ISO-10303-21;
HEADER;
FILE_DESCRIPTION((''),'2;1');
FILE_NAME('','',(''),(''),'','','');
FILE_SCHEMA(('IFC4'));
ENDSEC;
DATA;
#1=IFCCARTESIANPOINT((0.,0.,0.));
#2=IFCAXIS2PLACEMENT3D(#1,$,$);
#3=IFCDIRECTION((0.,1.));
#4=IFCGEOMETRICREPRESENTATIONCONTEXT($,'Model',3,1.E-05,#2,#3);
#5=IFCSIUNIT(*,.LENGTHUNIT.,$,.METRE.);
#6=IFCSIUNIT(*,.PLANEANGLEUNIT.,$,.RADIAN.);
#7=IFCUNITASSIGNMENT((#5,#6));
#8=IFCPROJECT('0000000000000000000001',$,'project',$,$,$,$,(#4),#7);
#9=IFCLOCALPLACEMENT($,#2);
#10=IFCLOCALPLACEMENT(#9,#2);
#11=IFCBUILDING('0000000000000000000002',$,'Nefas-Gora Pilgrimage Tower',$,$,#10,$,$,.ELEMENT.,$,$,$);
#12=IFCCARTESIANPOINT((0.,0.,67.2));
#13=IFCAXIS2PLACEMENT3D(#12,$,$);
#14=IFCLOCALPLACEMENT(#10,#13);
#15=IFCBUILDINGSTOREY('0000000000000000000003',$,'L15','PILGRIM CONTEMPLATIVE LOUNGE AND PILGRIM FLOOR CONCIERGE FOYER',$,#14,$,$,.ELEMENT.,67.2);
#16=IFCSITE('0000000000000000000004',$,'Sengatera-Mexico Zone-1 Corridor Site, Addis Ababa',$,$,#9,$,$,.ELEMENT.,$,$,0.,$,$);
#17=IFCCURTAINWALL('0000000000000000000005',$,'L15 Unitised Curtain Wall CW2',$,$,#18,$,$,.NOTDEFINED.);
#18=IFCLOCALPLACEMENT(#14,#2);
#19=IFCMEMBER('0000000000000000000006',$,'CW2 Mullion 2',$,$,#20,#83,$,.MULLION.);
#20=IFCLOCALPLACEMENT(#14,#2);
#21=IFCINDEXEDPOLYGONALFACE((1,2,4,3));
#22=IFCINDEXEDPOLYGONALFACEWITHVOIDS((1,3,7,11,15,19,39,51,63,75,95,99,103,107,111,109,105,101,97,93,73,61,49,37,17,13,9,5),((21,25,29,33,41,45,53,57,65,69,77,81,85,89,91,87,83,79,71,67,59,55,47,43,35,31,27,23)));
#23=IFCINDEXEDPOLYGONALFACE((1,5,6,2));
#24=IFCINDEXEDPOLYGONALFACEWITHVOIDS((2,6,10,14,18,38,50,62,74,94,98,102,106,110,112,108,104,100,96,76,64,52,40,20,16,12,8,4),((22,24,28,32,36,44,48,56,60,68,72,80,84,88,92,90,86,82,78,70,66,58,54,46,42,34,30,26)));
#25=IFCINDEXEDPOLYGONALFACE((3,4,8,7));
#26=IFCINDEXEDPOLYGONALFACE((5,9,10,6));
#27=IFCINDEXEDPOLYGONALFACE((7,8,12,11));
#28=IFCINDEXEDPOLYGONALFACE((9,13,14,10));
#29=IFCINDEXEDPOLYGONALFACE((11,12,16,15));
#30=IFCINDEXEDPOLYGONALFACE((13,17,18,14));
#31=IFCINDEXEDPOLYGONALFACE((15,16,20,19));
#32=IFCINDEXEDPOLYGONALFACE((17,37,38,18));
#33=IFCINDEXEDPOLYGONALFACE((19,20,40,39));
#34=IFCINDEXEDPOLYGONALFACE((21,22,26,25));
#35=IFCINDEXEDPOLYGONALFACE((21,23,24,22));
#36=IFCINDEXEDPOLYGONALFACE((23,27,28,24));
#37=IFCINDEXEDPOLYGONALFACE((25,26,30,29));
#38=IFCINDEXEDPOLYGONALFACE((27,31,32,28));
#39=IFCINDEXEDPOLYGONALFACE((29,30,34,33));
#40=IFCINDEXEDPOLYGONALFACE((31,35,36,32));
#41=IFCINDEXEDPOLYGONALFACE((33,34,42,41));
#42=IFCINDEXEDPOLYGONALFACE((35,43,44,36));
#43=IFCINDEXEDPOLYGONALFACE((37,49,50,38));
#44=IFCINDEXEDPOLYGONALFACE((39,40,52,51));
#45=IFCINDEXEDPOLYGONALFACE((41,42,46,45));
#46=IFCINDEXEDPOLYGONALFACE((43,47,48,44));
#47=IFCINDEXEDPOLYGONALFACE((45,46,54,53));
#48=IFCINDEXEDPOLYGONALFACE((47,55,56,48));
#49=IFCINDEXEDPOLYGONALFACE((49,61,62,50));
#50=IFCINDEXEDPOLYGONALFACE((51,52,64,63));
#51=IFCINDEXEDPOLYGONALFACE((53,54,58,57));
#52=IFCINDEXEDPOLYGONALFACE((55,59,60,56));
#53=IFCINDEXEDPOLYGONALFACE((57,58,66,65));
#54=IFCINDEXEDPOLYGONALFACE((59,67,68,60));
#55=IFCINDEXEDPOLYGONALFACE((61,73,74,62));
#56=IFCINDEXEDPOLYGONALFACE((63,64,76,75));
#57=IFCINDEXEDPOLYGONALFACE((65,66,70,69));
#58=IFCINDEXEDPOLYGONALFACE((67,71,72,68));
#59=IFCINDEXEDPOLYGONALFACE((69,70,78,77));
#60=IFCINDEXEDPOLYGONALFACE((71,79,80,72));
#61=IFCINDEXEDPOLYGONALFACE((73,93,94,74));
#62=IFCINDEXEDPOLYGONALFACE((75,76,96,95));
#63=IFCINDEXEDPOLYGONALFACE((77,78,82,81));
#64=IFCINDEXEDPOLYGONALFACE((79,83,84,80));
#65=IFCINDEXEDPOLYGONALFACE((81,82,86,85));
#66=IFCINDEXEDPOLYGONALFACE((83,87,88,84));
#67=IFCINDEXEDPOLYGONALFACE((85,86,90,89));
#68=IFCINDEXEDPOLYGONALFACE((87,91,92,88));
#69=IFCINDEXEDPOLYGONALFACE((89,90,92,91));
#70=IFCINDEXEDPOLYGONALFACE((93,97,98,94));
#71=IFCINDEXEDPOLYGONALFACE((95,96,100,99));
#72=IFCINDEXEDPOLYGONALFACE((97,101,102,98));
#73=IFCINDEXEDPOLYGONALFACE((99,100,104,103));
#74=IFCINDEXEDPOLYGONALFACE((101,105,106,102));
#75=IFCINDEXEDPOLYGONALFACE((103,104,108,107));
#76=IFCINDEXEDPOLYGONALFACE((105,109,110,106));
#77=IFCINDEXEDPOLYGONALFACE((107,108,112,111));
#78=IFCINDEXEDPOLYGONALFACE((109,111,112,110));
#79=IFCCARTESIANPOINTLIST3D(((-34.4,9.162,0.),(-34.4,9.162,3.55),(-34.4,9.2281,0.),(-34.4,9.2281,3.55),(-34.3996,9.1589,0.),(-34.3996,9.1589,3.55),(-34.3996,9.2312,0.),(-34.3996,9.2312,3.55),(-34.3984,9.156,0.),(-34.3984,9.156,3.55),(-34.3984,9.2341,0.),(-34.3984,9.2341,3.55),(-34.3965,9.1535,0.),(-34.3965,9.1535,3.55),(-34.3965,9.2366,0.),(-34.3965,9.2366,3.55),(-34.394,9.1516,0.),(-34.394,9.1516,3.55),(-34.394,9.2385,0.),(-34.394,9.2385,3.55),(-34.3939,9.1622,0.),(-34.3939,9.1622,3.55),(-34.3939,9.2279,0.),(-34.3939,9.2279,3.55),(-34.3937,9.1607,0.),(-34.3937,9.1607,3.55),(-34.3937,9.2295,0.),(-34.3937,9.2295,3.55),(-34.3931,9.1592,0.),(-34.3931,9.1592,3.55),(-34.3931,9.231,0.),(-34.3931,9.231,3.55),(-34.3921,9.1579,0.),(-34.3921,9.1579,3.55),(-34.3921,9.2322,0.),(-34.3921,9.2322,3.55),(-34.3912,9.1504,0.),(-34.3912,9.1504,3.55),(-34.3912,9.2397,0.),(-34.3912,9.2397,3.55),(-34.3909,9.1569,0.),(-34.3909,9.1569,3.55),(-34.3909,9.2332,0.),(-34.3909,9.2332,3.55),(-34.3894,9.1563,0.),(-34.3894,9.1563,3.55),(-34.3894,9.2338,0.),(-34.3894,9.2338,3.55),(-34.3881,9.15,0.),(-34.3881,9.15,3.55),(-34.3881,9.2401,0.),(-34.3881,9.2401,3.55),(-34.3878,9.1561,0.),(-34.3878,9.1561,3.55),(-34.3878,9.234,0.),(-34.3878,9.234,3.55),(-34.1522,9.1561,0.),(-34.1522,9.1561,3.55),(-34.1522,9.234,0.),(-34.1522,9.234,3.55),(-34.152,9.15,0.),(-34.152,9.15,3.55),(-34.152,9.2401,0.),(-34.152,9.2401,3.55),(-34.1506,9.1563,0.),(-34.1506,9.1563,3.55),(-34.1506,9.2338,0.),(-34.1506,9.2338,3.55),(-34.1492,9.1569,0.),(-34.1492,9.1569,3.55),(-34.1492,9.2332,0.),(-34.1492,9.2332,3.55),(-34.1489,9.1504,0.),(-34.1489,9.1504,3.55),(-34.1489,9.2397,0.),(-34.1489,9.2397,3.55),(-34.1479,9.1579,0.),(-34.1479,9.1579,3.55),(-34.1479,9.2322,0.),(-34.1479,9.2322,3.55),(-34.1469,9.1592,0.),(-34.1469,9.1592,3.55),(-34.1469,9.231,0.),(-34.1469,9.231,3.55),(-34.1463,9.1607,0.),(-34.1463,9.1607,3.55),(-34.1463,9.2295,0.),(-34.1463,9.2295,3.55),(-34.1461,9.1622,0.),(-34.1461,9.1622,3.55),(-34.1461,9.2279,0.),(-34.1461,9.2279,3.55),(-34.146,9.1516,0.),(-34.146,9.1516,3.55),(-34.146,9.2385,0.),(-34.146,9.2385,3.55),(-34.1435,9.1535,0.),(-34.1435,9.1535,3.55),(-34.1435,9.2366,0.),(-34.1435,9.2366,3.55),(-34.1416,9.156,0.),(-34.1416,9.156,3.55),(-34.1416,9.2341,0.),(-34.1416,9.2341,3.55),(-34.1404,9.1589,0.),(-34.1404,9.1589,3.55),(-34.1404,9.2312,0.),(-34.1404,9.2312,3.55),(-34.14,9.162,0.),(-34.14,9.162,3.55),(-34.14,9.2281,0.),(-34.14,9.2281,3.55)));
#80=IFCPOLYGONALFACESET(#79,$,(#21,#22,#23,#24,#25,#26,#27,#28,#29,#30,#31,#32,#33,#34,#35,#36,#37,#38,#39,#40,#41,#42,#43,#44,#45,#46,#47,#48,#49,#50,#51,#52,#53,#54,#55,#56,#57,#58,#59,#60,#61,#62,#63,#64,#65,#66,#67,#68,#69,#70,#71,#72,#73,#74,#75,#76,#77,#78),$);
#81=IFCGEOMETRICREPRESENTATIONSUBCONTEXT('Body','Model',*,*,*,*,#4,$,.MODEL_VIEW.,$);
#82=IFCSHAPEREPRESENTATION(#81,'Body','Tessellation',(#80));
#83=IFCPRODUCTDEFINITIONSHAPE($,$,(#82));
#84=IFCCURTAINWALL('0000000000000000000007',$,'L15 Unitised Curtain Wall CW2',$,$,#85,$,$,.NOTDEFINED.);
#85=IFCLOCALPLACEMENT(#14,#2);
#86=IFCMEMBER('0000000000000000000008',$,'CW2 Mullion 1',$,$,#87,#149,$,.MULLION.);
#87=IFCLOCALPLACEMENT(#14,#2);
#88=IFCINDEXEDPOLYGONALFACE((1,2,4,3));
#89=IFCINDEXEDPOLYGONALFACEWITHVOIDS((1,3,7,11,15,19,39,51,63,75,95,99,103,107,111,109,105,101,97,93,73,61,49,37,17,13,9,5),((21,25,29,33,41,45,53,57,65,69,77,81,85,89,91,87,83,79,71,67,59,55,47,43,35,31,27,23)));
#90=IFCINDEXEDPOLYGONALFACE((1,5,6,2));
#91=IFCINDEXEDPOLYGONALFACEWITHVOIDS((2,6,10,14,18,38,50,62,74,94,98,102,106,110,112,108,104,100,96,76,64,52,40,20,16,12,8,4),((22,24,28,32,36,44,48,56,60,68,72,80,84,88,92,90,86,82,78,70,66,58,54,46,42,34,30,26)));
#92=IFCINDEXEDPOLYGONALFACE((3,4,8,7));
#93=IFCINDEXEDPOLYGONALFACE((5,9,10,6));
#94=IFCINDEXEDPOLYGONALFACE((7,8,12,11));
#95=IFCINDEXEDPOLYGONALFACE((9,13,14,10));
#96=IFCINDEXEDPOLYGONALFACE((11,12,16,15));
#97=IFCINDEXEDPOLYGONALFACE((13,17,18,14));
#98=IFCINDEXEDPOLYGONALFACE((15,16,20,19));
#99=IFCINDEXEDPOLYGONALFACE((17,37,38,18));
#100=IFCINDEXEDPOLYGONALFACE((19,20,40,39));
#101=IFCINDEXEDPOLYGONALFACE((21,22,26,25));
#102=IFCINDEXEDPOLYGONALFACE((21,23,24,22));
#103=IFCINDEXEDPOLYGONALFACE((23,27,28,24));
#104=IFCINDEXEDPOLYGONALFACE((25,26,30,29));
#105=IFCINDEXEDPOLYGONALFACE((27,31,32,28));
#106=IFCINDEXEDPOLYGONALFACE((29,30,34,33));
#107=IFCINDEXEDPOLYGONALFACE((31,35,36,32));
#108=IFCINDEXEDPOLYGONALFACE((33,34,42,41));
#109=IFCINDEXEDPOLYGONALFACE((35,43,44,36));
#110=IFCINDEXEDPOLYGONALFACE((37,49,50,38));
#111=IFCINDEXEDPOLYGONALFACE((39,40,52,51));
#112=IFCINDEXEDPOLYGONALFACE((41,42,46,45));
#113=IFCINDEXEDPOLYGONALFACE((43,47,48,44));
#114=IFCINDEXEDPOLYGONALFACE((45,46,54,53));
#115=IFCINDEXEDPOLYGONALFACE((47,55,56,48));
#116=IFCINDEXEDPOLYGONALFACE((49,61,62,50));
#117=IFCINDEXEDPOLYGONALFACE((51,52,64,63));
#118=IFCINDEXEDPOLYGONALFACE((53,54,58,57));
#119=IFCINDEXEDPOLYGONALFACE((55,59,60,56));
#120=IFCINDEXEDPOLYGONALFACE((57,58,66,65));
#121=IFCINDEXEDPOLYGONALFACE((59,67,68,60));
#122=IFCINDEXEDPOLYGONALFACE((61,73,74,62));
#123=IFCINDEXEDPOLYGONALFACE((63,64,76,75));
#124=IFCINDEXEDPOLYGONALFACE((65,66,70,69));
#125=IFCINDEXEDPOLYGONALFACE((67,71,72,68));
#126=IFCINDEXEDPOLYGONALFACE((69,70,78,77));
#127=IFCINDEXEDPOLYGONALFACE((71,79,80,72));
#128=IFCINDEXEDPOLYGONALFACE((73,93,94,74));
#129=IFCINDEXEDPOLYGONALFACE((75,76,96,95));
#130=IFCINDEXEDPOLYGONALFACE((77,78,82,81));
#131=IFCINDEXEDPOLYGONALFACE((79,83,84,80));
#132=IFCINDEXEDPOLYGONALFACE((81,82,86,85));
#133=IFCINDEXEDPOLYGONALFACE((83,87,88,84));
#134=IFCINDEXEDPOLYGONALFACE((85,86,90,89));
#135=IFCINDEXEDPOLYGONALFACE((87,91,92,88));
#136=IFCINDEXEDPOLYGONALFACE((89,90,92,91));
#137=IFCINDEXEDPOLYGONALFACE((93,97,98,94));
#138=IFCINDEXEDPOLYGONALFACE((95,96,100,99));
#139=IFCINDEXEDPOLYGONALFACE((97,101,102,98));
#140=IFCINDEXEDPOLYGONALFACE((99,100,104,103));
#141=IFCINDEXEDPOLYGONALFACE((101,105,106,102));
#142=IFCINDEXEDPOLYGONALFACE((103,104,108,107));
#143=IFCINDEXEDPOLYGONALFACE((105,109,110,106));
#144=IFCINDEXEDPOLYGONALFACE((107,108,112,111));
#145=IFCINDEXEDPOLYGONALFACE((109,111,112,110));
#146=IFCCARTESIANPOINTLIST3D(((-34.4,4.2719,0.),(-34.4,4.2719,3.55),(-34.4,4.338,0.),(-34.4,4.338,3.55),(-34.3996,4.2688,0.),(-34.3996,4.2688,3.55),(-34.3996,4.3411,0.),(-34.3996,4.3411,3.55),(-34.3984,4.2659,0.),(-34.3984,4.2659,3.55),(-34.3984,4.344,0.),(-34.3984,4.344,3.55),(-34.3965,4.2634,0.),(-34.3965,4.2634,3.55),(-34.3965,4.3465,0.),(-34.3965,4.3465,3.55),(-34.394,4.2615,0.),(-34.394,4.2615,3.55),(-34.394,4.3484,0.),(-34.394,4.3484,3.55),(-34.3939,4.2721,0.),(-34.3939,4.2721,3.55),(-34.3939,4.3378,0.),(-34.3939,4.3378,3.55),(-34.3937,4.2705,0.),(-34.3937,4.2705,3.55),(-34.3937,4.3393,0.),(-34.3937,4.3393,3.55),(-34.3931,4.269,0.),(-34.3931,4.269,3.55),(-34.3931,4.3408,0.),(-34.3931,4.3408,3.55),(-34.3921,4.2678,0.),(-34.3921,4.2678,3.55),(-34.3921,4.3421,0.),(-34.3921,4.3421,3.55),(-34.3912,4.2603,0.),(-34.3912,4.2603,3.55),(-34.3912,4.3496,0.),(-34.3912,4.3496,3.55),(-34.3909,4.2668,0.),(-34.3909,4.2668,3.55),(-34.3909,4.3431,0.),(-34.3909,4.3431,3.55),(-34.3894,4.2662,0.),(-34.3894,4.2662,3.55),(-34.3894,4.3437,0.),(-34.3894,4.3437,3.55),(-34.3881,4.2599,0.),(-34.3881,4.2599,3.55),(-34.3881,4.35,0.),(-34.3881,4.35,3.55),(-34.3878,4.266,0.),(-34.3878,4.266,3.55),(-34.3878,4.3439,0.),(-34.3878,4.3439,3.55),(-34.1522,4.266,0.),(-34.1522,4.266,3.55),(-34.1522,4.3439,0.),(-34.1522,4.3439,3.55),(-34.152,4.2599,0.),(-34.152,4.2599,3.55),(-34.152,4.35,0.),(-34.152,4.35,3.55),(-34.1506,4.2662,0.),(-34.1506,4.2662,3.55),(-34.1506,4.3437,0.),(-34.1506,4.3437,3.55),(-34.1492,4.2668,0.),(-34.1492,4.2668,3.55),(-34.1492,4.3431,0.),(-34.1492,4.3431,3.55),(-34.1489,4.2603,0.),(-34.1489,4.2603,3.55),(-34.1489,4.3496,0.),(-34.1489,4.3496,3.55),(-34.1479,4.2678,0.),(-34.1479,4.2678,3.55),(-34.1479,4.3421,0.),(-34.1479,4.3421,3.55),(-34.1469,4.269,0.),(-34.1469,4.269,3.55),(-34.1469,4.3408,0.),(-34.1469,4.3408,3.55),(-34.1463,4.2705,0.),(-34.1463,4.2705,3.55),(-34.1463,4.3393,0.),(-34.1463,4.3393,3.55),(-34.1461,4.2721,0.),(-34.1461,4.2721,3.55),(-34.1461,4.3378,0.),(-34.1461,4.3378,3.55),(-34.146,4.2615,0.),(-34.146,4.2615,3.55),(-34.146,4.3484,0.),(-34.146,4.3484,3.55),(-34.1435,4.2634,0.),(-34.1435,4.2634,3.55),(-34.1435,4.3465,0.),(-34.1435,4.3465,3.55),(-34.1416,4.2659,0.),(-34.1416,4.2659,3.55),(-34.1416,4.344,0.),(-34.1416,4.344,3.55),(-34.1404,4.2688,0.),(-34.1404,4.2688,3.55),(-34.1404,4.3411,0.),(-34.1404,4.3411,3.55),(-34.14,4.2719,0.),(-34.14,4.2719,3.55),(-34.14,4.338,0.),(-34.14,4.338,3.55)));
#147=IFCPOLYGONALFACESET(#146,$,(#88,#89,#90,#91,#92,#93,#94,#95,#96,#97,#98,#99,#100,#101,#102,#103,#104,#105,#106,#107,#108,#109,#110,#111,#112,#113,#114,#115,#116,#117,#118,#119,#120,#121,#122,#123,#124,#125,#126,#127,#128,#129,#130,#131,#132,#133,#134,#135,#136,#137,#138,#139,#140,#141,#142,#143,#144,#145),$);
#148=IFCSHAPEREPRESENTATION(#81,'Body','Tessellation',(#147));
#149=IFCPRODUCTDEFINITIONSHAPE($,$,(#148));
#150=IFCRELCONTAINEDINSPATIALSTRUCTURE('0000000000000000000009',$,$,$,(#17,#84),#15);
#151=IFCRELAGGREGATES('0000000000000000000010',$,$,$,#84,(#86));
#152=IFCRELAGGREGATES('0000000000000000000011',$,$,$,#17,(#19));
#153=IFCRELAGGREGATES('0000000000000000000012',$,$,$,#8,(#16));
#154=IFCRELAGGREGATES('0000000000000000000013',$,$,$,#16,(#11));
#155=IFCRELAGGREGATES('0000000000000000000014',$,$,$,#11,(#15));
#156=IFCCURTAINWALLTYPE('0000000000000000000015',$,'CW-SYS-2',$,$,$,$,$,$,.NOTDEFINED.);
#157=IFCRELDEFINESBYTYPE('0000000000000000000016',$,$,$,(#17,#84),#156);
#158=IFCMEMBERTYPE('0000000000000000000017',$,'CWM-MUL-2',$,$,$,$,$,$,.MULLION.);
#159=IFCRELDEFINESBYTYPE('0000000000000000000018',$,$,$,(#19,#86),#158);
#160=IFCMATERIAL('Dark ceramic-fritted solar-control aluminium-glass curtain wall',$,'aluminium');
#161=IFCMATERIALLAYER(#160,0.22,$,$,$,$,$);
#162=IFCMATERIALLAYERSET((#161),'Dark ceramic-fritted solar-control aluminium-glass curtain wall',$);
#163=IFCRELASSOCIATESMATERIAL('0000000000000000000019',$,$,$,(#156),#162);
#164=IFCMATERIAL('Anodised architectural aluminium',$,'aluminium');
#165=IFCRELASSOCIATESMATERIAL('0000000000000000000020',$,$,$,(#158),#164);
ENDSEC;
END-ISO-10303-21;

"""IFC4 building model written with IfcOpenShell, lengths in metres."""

from ifc_helpers import new_model, si_unit, direction, frame, origin, origin_2d, place, context, subcontext, project, spatial, hollow_rectangle, extrude, source, transform, mapped, material, layer, layer_set, material_profile, profile_set, type_object, element, aggregate, save


model = new_model("IFC4")

# Units and contexts
model_context = context("Model", 3, precision=1e-05, world=origin(), true_north=direction((0.0, 1.0)))
body_context = subcontext(model_context, "Body", "Model", "MODEL_VIEW")
ifc_project = project(units=[si_unit("LENGTHUNIT", "METRE"), si_unit("PLANEANGLEUNIT", "RADIAN")], contexts=[model_context])

# Site, building, storey
site_placement = place(None, origin())
site = spatial("IfcSite", under=ifc_project, at=site_placement, Name="Sengatera-Mexico Zone-1 Corridor Site, Addis Ababa", CompositionType="ELEMENT", RefElevation=0.0)
building_placement = place(site_placement, origin())
building = spatial("IfcBuilding", under=site, at=building_placement, Name="Nefas-Gora Pilgrimage Tower", CompositionType="ELEMENT")
storey_placement = place(building_placement, frame((0.0, 0.0, 67.2)))
storey = spatial("IfcBuildingStorey", under=building, at=storey_placement, Name="L15", Description="PILGRIM CONTEMPLATIVE LOUNGE AND PILGRIM FLOOR CONCIERGE FOYER", CompositionType="ELEMENT", Elevation=67.2)

# Shared definitions
ifc_material_1 = material(Name="Dark ceramic-fritted solar-control aluminium-glass curtain wall", Category="aluminium")
ifc_layer_1 = layer(ifc_material_1, 0.22)
ifc_layer_set_1 = layer_set([ifc_layer_1], Name="Dark ceramic-fritted solar-control aluminium-glass curtain wall")
curtain_wall_type = type_object("IfcCurtainWallType", Name="CW-SYS-2", PredefinedType="NOTDEFINED", material=ifc_layer_set_1)
ifc_material_2 = material(Name="Anodised architectural aluminium", Category="aluminium")
ifc_material_profile_1 = material_profile(ifc_material_2, hollow_rectangle(XDim=0.0901, YDim=0.26, WallThickness=0.0061, InnerFilletRadius=0.0061, OuterFilletRadius=0.012, at=origin_2d()), Name="ALU MULLION 90x260")
ifc_profile_set_1 = profile_set([ifc_material_profile_1], Name="Anodised architectural aluminium")
member_type_1 = type_object("IfcMemberType", Name="CWM-MUL-2", PredefinedType="MULLION", material=ifc_profile_set_1)
shared_shape_1 = source(origin(), body_context, "Body", "SweptSolid", [
    extrude(hollow_rectangle(XDim=0.0901, YDim=0.26, WallThickness=0.0061, InnerFilletRadius=0.0061, OuterFilletRadius=0.012, at=origin_2d()), origin(), (0.0, 0.0, 1.0), 3.55),
])

# Curtain wall, member
curtain_wall_1_placement = place(storey_placement, origin())
curtain_wall_1 = element("IfcCurtainWall", 1, at=curtain_wall_1_placement, inside=storey, type_object=curtain_wall_type, Name="L15 Unitised Curtain Wall CW2", PredefinedType="NOTDEFINED")
member_1_placement = place(storey_placement, frame((-34.27, 9.1951, 0.0), z_axis=(0.0, 0.0, 1.0), x_axis=(0.0, -1.0, 0.0)))
member_1 = element("IfcMember", 2, at=member_1_placement, type_object=member_type_1, Name="CW2 Mullion 2", PredefinedType="MULLION", context=body_context, shape_type="MappedRepresentation", body=[
    mapped(shared_shape_1, transform((0.0, 0.0, 0.0), x_axis=(1.0, 0.0, 0.0), y_axis=(0.0, 1.0, 0.0), z_axis=(0.0, 0.0, 1.0), scale=1.0)),
])

# Curtain wall, member
curtain_wall_2_placement = place(storey_placement, origin())
curtain_wall_2 = element("IfcCurtainWall", 3, at=curtain_wall_2_placement, inside=storey, type_object=curtain_wall_type, Name="L15 Unitised Curtain Wall CW2", PredefinedType="NOTDEFINED")
member_2_placement = place(storey_placement, frame((-34.27, 4.3049, 0.0), z_axis=(0.0, 0.0, 1.0), x_axis=(0.0, -1.0, 0.0)))
member_2 = element("IfcMember", 4, at=member_2_placement, type_object=member_type_1, Name="CW2 Mullion 1", PredefinedType="MULLION", context=body_context, shape_type="MappedRepresentation", body=[
    mapped(shared_shape_1, transform((0.0, 0.0, 0.0), x_axis=(1.0, 0.0, 0.0), y_axis=(0.0, 1.0, 0.0), z_axis=(0.0, 0.0, 1.0), scale=1.0)),
])

aggregate(curtain_wall_2, [member_2])

aggregate(curtain_wall_1, [member_1])

save(model, "model.ifc")
